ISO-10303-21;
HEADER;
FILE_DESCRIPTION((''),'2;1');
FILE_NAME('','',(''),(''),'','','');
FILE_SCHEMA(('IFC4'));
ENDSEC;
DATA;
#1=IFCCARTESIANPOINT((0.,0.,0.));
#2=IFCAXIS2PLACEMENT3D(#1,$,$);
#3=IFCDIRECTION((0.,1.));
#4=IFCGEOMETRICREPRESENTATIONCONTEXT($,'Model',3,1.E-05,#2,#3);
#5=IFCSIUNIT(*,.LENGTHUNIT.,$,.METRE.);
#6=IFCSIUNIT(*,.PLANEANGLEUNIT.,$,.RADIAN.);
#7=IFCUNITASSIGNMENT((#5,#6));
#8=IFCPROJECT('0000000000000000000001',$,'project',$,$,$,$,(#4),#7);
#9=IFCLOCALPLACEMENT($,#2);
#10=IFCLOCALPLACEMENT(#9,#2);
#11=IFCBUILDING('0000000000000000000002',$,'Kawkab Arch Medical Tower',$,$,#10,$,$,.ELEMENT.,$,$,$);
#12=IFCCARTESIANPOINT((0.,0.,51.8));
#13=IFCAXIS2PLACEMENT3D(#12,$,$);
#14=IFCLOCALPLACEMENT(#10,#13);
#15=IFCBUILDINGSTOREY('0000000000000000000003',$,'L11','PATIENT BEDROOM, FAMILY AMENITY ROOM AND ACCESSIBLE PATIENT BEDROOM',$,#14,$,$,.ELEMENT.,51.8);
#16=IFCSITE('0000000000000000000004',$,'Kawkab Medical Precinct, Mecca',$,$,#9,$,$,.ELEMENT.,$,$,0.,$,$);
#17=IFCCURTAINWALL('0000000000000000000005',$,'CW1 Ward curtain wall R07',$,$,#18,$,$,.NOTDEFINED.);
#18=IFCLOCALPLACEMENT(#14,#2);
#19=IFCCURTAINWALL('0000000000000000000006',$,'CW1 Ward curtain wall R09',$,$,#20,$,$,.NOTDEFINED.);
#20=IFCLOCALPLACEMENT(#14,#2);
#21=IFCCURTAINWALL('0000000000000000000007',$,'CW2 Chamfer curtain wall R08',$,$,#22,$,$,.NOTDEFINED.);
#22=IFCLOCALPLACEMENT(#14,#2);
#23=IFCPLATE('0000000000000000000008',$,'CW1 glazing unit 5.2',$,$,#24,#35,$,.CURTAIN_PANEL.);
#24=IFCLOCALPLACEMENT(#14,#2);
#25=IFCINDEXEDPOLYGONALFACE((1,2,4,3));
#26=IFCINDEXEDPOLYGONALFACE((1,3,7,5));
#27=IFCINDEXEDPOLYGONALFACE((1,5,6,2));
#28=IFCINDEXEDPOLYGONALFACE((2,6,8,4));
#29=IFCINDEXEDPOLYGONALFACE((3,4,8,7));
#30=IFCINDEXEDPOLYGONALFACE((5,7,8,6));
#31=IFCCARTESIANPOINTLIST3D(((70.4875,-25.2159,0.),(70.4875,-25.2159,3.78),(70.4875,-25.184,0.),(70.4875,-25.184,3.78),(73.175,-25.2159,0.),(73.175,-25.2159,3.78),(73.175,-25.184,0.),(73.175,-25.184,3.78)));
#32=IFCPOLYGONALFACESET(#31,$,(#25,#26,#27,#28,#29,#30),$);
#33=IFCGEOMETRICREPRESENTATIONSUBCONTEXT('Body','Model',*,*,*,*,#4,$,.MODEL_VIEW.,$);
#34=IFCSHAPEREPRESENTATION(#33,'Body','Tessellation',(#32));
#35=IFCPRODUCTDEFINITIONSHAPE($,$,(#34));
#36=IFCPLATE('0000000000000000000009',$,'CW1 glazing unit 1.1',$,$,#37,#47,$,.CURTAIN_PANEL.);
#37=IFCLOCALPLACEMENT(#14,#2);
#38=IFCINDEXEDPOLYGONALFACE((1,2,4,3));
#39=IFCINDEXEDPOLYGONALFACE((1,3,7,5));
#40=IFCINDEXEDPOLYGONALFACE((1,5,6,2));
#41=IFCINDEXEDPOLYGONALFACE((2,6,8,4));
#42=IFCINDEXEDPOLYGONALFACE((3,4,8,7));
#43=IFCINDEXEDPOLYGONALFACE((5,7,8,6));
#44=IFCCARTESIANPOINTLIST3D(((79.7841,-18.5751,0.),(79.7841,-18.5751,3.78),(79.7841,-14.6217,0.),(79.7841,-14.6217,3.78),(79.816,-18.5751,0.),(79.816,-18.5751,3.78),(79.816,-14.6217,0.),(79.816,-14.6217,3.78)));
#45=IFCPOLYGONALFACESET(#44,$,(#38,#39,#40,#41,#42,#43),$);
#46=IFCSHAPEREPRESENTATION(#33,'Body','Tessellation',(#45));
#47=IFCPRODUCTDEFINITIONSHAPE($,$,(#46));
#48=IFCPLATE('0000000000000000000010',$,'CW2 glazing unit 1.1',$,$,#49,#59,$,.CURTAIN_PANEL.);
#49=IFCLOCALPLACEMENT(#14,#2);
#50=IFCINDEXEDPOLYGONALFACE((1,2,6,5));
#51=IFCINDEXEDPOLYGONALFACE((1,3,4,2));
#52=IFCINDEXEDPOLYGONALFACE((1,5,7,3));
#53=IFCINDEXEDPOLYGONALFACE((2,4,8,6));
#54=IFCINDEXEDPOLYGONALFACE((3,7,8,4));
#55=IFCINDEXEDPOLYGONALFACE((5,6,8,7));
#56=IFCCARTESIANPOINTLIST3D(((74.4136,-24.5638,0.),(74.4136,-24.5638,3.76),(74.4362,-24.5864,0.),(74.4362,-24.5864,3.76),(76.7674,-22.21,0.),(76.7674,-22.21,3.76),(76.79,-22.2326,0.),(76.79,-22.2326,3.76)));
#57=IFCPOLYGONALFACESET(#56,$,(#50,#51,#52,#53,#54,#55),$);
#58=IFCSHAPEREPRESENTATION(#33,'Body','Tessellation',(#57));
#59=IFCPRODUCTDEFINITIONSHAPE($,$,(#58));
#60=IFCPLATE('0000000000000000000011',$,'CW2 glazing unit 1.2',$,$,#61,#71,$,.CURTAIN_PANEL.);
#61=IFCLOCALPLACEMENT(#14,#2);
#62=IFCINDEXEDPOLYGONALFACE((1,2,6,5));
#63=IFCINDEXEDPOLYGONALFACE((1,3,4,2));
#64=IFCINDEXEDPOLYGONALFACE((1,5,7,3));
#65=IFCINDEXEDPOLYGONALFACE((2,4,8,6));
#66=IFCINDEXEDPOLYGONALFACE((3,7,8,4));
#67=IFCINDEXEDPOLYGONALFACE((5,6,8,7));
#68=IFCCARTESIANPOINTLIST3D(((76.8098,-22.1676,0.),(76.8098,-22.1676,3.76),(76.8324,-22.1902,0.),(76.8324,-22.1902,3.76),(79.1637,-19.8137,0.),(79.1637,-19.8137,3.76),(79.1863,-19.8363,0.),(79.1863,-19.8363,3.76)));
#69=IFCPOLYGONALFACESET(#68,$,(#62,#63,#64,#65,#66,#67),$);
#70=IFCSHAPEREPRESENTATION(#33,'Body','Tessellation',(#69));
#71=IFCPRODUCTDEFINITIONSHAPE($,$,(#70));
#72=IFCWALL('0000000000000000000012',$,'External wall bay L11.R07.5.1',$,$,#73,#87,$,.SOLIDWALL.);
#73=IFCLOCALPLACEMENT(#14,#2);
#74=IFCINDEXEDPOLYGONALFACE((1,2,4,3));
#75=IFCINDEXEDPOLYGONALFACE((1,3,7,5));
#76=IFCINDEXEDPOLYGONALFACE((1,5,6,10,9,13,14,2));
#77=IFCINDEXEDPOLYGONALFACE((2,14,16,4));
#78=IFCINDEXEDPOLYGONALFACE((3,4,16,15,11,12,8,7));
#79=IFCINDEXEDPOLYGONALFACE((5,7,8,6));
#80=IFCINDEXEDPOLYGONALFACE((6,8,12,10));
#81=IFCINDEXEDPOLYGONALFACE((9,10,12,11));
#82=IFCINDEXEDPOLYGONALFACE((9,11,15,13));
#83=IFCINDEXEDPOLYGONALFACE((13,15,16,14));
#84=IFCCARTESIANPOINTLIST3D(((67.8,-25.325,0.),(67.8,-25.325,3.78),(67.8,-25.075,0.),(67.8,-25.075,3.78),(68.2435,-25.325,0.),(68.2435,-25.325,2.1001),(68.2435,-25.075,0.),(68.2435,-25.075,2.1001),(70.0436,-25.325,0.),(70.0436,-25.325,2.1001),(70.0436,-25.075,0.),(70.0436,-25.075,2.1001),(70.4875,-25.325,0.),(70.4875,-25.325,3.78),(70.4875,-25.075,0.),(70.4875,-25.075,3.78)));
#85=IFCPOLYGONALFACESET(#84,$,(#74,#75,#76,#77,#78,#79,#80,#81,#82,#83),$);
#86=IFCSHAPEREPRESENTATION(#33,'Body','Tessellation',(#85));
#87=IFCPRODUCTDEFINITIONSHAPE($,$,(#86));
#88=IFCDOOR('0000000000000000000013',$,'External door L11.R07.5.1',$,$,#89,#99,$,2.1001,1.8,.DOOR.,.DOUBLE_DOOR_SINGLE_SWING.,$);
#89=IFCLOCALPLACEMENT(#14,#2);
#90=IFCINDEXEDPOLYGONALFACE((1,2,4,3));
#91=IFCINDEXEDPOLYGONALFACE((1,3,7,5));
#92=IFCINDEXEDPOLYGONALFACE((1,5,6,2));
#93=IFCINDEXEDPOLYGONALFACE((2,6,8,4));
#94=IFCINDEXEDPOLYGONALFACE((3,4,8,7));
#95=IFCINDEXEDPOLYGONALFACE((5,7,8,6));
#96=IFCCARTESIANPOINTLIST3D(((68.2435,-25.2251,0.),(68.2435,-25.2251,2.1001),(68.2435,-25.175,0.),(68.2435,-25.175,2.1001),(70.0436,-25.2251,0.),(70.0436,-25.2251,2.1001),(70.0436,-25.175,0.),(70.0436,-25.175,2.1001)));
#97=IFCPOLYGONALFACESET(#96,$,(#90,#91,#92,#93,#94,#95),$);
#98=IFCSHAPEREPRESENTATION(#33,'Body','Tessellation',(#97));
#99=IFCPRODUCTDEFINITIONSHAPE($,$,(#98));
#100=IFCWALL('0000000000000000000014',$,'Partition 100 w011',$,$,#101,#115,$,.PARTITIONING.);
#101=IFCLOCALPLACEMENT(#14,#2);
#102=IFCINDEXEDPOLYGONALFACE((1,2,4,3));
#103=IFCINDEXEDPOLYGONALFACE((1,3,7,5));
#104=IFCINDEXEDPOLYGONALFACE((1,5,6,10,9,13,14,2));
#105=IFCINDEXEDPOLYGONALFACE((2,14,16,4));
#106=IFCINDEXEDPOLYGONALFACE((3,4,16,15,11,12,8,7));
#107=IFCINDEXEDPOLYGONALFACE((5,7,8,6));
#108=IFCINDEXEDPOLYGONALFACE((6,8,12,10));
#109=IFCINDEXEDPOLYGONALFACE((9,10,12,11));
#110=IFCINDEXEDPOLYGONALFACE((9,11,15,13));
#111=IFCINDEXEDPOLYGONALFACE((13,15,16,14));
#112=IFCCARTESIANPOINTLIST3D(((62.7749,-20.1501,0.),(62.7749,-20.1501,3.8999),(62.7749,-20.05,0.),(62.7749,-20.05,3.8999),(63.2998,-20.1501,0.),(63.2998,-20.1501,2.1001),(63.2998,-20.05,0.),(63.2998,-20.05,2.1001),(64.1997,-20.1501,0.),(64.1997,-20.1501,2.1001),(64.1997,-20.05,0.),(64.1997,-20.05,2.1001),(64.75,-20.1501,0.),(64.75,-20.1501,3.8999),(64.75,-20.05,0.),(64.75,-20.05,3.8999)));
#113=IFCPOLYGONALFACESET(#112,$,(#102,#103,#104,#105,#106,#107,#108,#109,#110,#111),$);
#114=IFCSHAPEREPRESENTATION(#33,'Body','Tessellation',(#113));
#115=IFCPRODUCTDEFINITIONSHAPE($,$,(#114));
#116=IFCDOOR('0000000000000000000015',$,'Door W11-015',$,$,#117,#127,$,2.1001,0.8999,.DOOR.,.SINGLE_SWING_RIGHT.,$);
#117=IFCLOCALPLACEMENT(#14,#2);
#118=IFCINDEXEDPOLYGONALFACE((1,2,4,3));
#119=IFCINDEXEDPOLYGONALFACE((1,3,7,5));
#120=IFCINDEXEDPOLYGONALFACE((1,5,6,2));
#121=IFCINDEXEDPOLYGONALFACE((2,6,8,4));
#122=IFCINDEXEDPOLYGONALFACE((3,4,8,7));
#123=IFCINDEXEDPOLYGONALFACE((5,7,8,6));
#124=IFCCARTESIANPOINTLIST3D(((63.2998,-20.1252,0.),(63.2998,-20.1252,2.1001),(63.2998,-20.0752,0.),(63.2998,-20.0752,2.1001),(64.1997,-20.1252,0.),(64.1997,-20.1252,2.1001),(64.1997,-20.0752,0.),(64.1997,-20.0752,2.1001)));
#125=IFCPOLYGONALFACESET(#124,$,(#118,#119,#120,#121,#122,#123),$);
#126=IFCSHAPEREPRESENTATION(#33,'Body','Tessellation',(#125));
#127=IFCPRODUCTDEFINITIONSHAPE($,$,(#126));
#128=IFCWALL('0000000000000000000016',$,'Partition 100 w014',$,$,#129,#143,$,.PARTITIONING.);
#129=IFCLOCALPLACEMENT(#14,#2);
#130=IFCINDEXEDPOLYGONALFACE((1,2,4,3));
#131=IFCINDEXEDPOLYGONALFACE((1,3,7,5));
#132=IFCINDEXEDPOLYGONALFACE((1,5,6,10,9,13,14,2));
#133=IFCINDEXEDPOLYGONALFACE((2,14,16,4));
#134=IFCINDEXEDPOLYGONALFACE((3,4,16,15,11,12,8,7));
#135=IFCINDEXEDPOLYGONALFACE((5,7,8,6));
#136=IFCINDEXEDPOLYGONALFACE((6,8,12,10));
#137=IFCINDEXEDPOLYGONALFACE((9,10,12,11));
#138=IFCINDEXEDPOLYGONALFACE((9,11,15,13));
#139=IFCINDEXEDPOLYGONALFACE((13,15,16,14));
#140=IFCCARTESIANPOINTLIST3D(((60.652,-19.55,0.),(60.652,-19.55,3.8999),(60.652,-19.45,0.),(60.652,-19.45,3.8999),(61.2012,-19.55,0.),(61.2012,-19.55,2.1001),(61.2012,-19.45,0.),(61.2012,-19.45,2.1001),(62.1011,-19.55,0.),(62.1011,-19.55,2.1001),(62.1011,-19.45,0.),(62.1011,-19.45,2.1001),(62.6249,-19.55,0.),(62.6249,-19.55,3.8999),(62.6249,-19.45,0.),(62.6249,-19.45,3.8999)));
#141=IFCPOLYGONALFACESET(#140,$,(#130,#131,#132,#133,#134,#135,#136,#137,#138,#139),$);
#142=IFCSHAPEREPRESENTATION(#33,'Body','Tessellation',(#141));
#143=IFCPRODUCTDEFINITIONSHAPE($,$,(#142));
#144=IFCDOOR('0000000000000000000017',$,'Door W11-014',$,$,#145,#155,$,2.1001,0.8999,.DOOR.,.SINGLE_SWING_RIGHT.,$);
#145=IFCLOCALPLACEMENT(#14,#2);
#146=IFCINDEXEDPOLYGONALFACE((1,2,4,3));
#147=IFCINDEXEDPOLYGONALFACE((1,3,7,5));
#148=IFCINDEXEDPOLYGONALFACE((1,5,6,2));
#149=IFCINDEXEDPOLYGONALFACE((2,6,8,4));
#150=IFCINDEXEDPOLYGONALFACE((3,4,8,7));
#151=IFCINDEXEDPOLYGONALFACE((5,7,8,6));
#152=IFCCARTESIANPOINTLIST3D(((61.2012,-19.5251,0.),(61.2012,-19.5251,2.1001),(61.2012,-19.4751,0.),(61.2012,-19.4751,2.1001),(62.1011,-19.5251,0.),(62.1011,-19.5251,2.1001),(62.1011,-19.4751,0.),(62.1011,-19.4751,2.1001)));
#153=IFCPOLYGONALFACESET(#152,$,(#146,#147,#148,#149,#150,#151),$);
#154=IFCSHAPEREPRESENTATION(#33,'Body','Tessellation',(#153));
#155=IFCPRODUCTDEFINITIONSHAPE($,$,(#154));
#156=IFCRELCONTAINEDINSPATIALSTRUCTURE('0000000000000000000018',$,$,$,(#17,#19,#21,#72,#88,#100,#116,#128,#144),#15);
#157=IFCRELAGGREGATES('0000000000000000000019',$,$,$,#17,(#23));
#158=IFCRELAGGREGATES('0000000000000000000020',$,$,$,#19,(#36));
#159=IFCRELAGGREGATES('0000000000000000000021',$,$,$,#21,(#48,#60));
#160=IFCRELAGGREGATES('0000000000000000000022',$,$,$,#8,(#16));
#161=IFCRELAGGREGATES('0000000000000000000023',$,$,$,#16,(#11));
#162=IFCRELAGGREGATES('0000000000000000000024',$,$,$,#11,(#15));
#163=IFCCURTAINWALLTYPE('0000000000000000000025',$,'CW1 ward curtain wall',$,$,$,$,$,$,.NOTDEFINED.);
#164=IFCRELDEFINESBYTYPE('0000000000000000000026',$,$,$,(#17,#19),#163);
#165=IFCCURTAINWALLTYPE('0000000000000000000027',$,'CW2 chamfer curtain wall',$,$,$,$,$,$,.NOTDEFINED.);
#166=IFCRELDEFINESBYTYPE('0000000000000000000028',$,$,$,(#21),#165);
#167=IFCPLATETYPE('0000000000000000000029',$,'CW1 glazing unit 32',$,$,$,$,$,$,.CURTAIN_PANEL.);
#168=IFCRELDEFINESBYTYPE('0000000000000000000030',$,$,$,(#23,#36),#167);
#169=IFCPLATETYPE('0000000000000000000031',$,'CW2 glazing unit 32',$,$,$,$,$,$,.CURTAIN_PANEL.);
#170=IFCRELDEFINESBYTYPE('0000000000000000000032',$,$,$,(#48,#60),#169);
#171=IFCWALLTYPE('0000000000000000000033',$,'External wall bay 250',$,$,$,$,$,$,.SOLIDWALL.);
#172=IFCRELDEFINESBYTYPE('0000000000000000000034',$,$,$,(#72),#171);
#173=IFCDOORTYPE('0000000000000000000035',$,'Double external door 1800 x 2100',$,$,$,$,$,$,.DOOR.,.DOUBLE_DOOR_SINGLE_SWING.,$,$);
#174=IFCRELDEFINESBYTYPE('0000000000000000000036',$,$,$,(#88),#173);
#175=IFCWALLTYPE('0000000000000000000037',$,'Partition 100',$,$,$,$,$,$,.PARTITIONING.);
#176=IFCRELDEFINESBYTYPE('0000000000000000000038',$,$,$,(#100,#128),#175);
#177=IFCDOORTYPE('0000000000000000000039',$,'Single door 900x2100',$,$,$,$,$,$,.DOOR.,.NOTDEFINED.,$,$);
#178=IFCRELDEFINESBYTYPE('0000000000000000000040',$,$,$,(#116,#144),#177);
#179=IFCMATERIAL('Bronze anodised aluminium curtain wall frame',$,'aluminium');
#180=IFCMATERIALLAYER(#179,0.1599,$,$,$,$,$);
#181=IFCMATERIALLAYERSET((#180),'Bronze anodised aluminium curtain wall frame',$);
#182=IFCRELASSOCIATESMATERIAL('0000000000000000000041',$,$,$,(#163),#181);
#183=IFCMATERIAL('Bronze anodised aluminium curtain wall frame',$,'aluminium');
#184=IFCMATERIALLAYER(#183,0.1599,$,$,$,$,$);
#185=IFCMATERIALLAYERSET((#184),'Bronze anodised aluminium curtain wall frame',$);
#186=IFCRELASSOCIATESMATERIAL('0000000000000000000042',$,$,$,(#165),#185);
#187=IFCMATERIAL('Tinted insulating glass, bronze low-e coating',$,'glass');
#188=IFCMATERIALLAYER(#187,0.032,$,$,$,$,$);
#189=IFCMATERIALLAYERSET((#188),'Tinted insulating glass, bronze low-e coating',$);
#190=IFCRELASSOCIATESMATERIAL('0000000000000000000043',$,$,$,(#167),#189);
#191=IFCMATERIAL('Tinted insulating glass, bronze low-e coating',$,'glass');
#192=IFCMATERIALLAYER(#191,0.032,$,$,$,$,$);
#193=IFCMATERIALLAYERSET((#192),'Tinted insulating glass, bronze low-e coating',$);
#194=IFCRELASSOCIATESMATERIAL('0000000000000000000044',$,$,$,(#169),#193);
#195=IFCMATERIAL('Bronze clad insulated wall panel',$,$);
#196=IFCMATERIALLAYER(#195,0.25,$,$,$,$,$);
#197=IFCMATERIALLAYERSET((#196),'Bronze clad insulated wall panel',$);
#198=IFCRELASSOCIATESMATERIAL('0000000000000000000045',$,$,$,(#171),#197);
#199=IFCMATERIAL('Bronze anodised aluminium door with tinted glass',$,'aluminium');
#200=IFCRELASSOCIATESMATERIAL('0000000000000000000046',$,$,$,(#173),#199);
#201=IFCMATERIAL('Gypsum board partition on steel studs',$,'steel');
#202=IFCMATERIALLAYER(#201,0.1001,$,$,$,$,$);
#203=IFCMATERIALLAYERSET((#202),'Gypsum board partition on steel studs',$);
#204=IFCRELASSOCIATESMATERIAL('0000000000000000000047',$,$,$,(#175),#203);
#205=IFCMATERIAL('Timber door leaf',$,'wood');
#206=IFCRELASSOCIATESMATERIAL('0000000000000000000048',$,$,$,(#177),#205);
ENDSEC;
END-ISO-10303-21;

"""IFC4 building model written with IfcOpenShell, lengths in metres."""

from ifc_helpers import new_model, si_unit, direction, frame, frame_2d, origin, origin_2d, place, context, subcontext, project, spatial, rectangle, extrude, material, layer, layer_set, type_object, element, fill, aggregate, save


model = new_model("IFC4")

# Units and contexts
model_context = context("Model", 3, precision=1e-05, world=origin(), true_north=direction((0.0, 1.0)))
body_context = subcontext(model_context, "Body", "Model", "MODEL_VIEW")
ifc_project = project(units=[si_unit("LENGTHUNIT", "METRE"), si_unit("PLANEANGLEUNIT", "RADIAN")], contexts=[model_context])

# Site, building, storey
site_placement = place(None, origin())
site = spatial("IfcSite", under=ifc_project, at=site_placement, Name="Kawkab Medical Precinct, Mecca", CompositionType="ELEMENT", RefElevation=0.0)
building_placement = place(site_placement, origin())
building = spatial("IfcBuilding", under=site, at=building_placement, Name="Kawkab Arch Medical Tower", CompositionType="ELEMENT")
storey_placement = place(building_placement, frame((0.0, 0.0, 51.8)))
storey = spatial("IfcBuildingStorey", under=building, at=storey_placement, Name="L11", Description="PATIENT BEDROOM, FAMILY AMENITY ROOM AND ACCESSIBLE PATIENT BEDROOM", CompositionType="ELEMENT", Elevation=51.8)

# Curtain wall
ifc_material_1 = material(Name="Bronze anodised aluminium curtain wall frame", Category="aluminium")
ifc_layer_1 = layer(ifc_material_1, 0.1599)
ifc_layer_set_1 = layer_set([ifc_layer_1], Name="Bronze anodised aluminium curtain wall frame")
curtain_wall_type_1 = type_object("IfcCurtainWallType", Name="CW1 ward curtain wall", PredefinedType="NOTDEFINED", material=ifc_layer_set_1)
placement = place(storey_placement, origin())
curtain_wall_1 = element("IfcCurtainWall", 1, at=placement, inside=storey, type_object=curtain_wall_type_1, Name="CW1 Ward curtain wall R07", PredefinedType="NOTDEFINED")

# Curtain wall
curtain_wall_2 = element("IfcCurtainWall", 2, at=placement, inside=storey, type_object=curtain_wall_type_1, Name="CW1 Ward curtain wall R09", PredefinedType="NOTDEFINED")

# Curtain wall
ifc_material_2 = material(Name="Bronze anodised aluminium curtain wall frame", Category="aluminium")
ifc_layer_2 = layer(ifc_material_2, 0.1599)
ifc_layer_set_2 = layer_set([ifc_layer_2], Name="Bronze anodised aluminium curtain wall frame")
curtain_wall_type_2 = type_object("IfcCurtainWallType", Name="CW2 chamfer curtain wall", PredefinedType="NOTDEFINED", material=ifc_layer_set_2)
curtain_wall_3 = element("IfcCurtainWall", 3, at=placement, inside=storey, type_object=curtain_wall_type_2, Name="CW2 Chamfer curtain wall R08", PredefinedType="NOTDEFINED")

# Plates
ifc_material_3 = material(Name="Tinted insulating glass, bronze low-e coating", Category="glass")
ifc_layer_3 = layer(ifc_material_3, 0.032)
ifc_layer_set_3 = layer_set([ifc_layer_3], Name="Tinted insulating glass, bronze low-e coating")
plate_type_1 = type_object("IfcPlateType", Name="CW1 glazing unit 32", PredefinedType="CURTAIN_PANEL", material=ifc_layer_set_3)
plate_1_placement = place(storey_placement, frame((71.8313, -25.2, 0.0), z_axis=(0.0, 0.0, 1.0), x_axis=(1.0, 0.0, 0.0)))
plate_1 = element("IfcPlate", 4, at=plate_1_placement, type_object=plate_type_1, Name="CW1 glazing unit 5.2", PredefinedType="CURTAIN_PANEL", context=body_context, shape_type="SweptSolid", body=[
    extrude(rectangle(XDim=2.6875, YDim=0.032, at=origin_2d()), origin(), (0.0, 0.0, 1.0), 3.78),
])
aggregate(curtain_wall_1, [plate_1])
plate_2_placement = place(storey_placement, frame((79.8, -16.5984, 0.0), z_axis=(0.0, 0.0, 1.0), x_axis=(0.0, 1.0, 0.0)))
plate_2 = element("IfcPlate", 5, at=plate_2_placement, type_object=plate_type_1, Name="CW1 glazing unit 1.1", PredefinedType="CURTAIN_PANEL", context=body_context, shape_type="SweptSolid", body=[
    extrude(rectangle(XDim=3.9534, YDim=0.032, at=origin_2d()), origin(), (0.0, 0.0, 1.0), 3.78),
])
aggregate(curtain_wall_2, [plate_2])
ifc_material_4 = material(Name="Tinted insulating glass, bronze low-e coating", Category="glass")
ifc_layer_4 = layer(ifc_material_4, 0.032)
ifc_layer_set_4 = layer_set([ifc_layer_4], Name="Tinted insulating glass, bronze low-e coating")
plate_type_2 = type_object("IfcPlateType", Name="CW2 glazing unit 32", PredefinedType="CURTAIN_PANEL", material=ifc_layer_set_4)
plate_3_placement = place(storey_placement, frame((75.6018, -23.3982, 0.0), z_axis=(0.0, 0.0, 1.0), x_axis=(0.707107, 0.707107, 0.0)))
plate_3 = element("IfcPlate", 6, at=plate_3_placement, type_object=plate_type_2, Name="CW2 glazing unit 1.1", PredefinedType="CURTAIN_PANEL", context=body_context, shape_type="SweptSolid", body=[
    extrude(rectangle(XDim=3.3289, YDim=0.032, at=origin_2d()), origin(), (0.0, 0.0, 1.0), 3.76),
])
plate_4_placement = place(storey_placement, frame((77.998, -21.002, 0.0), z_axis=(0.0, 0.0, 1.0), x_axis=(0.707107, 0.707107, 0.0)))
plate_4 = element("IfcPlate", 7, at=plate_4_placement, type_object=plate_type_2, Name="CW2 glazing unit 1.2", PredefinedType="CURTAIN_PANEL", context=body_context, shape_type="SweptSolid", body=[
    extrude(rectangle(XDim=3.3289, YDim=0.032, at=origin_2d()), origin(), (0.0, 0.0, 1.0), 3.76),
])
aggregate(curtain_wall_3, [plate_3, plate_4])

# Walls, openings, doors
ifc_material_5 = material(Name="Bronze clad insulated wall panel")
ifc_layer_5 = layer(ifc_material_5, 0.25)
ifc_layer_set_5 = layer_set([ifc_layer_5], Name="Bronze clad insulated wall panel")
wall_type_1 = type_object("IfcWallType", Name="External wall bay 250", PredefinedType="SOLIDWALL", material=ifc_layer_set_5)
wall_1_placement = place(storey_placement, frame((67.8, -25.2, 0.0), z_axis=(0.0, 0.0, 1.0), x_axis=(1.0, 0.0, 0.0)))
wall_1 = element("IfcWall", 8, at=wall_1_placement, inside=storey, type_object=wall_type_1, Name="External wall bay L11.R07.5.1", PredefinedType="SOLIDWALL", context=body_context, shape_type="SweptSolid", body=[
    extrude(rectangle(XDim=2.6875, YDim=0.25, at=frame_2d((1.3438, 0.0))), origin(), (0.0, 0.0, 1.0), 3.78),
])
opening_1_placement = place(wall_1_placement, frame((0.4436, 0.0, 0.0)))
opening_1 = element("IfcOpeningElement", 9, at=opening_1_placement, cuts=wall_1, PredefinedType="OPENING", context=body_context, shape_type="SweptSolid", body=[
    extrude(rectangle(XDim=1.8, YDim=2.1001, at=frame_2d((0.8999, 1.05))), frame((0.0, 0.135, 0.0), z_axis=(0.0, -1.0, 0.0), x_axis=(1.0, 0.0, 0.0)), (0.0, 0.0, 1.0), 0.27),
])
ifc_material_6 = material(Name="Bronze anodised aluminium door with tinted glass", Category="aluminium")
door_type_1 = type_object("IfcDoorType", Name="Double external door 1800 x 2100", OperationType="DOUBLE_DOOR_SINGLE_SWING", PredefinedType="DOOR", material=ifc_material_6)
door_1_placement = place(opening_1_placement, origin())
door_1 = element("IfcDoor", 10, at=door_1_placement, inside=storey, type_object=door_type_1, Name="External door L11.R07.5.1", OperationType="DOUBLE_DOOR_SINGLE_SWING", OverallHeight=2.1001, OverallWidth=1.8, PredefinedType="DOOR", context=body_context, shape_type="SweptSolid", body=[
    extrude(rectangle(XDim=1.8, YDim=2.1001, at=frame_2d((0.8999, 1.05))), frame((0.0, 0.0249, 0.0), z_axis=(0.0, -1.0, 0.0), x_axis=(1.0, 0.0, 0.0)), (0.0, 0.0, 1.0), 0.05),
])
fill(opening_1, door_1)
ifc_material_7 = material(Name="Gypsum board partition on steel studs", Category="steel")
ifc_layer_6 = layer(ifc_material_7, 0.1001)
ifc_layer_set_6 = layer_set([ifc_layer_6], Name="Gypsum board partition on steel studs")
wall_type_2 = type_object("IfcWallType", Name="Partition 100", PredefinedType="PARTITIONING", material=ifc_layer_set_6)
wall_2_placement = place(storey_placement, frame((62.7749, -20.1001, 0.0), z_axis=(0.0, 0.0, 1.0), x_axis=(1.0, 0.0, 0.0)))
wall_2 = element("IfcWall", 11, at=wall_2_placement, inside=storey, type_object=wall_type_2, Name="Partition 100 w011", PredefinedType="PARTITIONING", context=body_context, shape_type="SweptSolid", body=[
    extrude(rectangle(XDim=1.9751, YDim=0.1001, at=frame_2d((0.9875, 0.0))), origin(), (0.0, 0.0, 1.0), 3.8999),
])
opening_2_placement = place(wall_2_placement, frame((0.5249, 0.0, 0.0)))
opening_2 = element("IfcOpeningElement", 12, at=opening_2_placement, cuts=wall_2, PredefinedType="OPENING", context=body_context, shape_type="SweptSolid", body=[
    extrude(rectangle(XDim=0.8999, YDim=2.1001, at=frame_2d((0.45, 1.05))), frame((0.0, 0.0601, 0.0), z_axis=(0.0, -1.0, 0.0), x_axis=(1.0, 0.0, 0.0)), (0.0, 0.0, 1.0), 0.1201),
])
ifc_material_8 = material(Name="Timber door leaf", Category="wood")
door_type_2 = type_object("IfcDoorType", Name="Single door 900x2100", OperationType="NOTDEFINED", PredefinedType="DOOR", material=ifc_material_8)
door_2_placement = place(opening_2_placement, origin())
door_2 = element("IfcDoor", 13, at=door_2_placement, inside=storey, type_object=door_type_2, Name="Door W11-015", OperationType="SINGLE_SWING_RIGHT", OverallHeight=2.1001, OverallWidth=0.8999, PredefinedType="DOOR", context=body_context, shape_type="SweptSolid", body=[
    extrude(rectangle(XDim=0.8999, YDim=2.1001, at=frame_2d((0.45, 1.05))), frame((0.0, 0.0249, 0.0), z_axis=(0.0, -1.0, 0.0), x_axis=(1.0, 0.0, 0.0)), (0.0, 0.0, 1.0), 0.05),
])
fill(opening_2, door_2)
wall_3_placement = place(storey_placement, frame((60.6521, -19.5, 0.0), z_axis=(0.0, 0.0, 1.0), x_axis=(1.0, 0.0, 0.0)))
wall_3 = element("IfcWall", 14, at=wall_3_placement, inside=storey, type_object=wall_type_2, Name="Partition 100 w014", PredefinedType="PARTITIONING", context=body_context, shape_type="SweptSolid", body=[
    extrude(rectangle(XDim=1.9729, YDim=0.1001, at=frame_2d((0.9863, 0.0))), origin(), (0.0, 0.0, 1.0), 3.8999),
])
opening_3_placement = place(wall_3_placement, frame((0.5491, 0.0, 0.0)))
opening_3 = element("IfcOpeningElement", 15, at=opening_3_placement, cuts=wall_3, PredefinedType="OPENING", context=body_context, shape_type="SweptSolid", body=[
    extrude(rectangle(XDim=0.8999, YDim=2.1001, at=frame_2d((0.45, 1.05))), frame((0.0, 0.0601, 0.0), z_axis=(0.0, -1.0, 0.0), x_axis=(1.0, 0.0, 0.0)), (0.0, 0.0, 1.0), 0.1201),
])
door_3_placement = place(opening_3_placement, origin())
door_3 = element("IfcDoor", 16, at=door_3_placement, inside=storey, type_object=door_type_2, Name="Door W11-014", OperationType="SINGLE_SWING_RIGHT", OverallHeight=2.1001, OverallWidth=0.8999, PredefinedType="DOOR", context=body_context, shape_type="SweptSolid", body=[
    extrude(rectangle(XDim=0.8999, YDim=2.1001, at=frame_2d((0.45, 1.05))), frame((0.0, 0.0249, 0.0), z_axis=(0.0, -1.0, 0.0), x_axis=(1.0, 0.0, 0.0)), (0.0, 0.0, 1.0), 0.05),
])
fill(opening_3, door_3)

save(model, "model.ifc")
